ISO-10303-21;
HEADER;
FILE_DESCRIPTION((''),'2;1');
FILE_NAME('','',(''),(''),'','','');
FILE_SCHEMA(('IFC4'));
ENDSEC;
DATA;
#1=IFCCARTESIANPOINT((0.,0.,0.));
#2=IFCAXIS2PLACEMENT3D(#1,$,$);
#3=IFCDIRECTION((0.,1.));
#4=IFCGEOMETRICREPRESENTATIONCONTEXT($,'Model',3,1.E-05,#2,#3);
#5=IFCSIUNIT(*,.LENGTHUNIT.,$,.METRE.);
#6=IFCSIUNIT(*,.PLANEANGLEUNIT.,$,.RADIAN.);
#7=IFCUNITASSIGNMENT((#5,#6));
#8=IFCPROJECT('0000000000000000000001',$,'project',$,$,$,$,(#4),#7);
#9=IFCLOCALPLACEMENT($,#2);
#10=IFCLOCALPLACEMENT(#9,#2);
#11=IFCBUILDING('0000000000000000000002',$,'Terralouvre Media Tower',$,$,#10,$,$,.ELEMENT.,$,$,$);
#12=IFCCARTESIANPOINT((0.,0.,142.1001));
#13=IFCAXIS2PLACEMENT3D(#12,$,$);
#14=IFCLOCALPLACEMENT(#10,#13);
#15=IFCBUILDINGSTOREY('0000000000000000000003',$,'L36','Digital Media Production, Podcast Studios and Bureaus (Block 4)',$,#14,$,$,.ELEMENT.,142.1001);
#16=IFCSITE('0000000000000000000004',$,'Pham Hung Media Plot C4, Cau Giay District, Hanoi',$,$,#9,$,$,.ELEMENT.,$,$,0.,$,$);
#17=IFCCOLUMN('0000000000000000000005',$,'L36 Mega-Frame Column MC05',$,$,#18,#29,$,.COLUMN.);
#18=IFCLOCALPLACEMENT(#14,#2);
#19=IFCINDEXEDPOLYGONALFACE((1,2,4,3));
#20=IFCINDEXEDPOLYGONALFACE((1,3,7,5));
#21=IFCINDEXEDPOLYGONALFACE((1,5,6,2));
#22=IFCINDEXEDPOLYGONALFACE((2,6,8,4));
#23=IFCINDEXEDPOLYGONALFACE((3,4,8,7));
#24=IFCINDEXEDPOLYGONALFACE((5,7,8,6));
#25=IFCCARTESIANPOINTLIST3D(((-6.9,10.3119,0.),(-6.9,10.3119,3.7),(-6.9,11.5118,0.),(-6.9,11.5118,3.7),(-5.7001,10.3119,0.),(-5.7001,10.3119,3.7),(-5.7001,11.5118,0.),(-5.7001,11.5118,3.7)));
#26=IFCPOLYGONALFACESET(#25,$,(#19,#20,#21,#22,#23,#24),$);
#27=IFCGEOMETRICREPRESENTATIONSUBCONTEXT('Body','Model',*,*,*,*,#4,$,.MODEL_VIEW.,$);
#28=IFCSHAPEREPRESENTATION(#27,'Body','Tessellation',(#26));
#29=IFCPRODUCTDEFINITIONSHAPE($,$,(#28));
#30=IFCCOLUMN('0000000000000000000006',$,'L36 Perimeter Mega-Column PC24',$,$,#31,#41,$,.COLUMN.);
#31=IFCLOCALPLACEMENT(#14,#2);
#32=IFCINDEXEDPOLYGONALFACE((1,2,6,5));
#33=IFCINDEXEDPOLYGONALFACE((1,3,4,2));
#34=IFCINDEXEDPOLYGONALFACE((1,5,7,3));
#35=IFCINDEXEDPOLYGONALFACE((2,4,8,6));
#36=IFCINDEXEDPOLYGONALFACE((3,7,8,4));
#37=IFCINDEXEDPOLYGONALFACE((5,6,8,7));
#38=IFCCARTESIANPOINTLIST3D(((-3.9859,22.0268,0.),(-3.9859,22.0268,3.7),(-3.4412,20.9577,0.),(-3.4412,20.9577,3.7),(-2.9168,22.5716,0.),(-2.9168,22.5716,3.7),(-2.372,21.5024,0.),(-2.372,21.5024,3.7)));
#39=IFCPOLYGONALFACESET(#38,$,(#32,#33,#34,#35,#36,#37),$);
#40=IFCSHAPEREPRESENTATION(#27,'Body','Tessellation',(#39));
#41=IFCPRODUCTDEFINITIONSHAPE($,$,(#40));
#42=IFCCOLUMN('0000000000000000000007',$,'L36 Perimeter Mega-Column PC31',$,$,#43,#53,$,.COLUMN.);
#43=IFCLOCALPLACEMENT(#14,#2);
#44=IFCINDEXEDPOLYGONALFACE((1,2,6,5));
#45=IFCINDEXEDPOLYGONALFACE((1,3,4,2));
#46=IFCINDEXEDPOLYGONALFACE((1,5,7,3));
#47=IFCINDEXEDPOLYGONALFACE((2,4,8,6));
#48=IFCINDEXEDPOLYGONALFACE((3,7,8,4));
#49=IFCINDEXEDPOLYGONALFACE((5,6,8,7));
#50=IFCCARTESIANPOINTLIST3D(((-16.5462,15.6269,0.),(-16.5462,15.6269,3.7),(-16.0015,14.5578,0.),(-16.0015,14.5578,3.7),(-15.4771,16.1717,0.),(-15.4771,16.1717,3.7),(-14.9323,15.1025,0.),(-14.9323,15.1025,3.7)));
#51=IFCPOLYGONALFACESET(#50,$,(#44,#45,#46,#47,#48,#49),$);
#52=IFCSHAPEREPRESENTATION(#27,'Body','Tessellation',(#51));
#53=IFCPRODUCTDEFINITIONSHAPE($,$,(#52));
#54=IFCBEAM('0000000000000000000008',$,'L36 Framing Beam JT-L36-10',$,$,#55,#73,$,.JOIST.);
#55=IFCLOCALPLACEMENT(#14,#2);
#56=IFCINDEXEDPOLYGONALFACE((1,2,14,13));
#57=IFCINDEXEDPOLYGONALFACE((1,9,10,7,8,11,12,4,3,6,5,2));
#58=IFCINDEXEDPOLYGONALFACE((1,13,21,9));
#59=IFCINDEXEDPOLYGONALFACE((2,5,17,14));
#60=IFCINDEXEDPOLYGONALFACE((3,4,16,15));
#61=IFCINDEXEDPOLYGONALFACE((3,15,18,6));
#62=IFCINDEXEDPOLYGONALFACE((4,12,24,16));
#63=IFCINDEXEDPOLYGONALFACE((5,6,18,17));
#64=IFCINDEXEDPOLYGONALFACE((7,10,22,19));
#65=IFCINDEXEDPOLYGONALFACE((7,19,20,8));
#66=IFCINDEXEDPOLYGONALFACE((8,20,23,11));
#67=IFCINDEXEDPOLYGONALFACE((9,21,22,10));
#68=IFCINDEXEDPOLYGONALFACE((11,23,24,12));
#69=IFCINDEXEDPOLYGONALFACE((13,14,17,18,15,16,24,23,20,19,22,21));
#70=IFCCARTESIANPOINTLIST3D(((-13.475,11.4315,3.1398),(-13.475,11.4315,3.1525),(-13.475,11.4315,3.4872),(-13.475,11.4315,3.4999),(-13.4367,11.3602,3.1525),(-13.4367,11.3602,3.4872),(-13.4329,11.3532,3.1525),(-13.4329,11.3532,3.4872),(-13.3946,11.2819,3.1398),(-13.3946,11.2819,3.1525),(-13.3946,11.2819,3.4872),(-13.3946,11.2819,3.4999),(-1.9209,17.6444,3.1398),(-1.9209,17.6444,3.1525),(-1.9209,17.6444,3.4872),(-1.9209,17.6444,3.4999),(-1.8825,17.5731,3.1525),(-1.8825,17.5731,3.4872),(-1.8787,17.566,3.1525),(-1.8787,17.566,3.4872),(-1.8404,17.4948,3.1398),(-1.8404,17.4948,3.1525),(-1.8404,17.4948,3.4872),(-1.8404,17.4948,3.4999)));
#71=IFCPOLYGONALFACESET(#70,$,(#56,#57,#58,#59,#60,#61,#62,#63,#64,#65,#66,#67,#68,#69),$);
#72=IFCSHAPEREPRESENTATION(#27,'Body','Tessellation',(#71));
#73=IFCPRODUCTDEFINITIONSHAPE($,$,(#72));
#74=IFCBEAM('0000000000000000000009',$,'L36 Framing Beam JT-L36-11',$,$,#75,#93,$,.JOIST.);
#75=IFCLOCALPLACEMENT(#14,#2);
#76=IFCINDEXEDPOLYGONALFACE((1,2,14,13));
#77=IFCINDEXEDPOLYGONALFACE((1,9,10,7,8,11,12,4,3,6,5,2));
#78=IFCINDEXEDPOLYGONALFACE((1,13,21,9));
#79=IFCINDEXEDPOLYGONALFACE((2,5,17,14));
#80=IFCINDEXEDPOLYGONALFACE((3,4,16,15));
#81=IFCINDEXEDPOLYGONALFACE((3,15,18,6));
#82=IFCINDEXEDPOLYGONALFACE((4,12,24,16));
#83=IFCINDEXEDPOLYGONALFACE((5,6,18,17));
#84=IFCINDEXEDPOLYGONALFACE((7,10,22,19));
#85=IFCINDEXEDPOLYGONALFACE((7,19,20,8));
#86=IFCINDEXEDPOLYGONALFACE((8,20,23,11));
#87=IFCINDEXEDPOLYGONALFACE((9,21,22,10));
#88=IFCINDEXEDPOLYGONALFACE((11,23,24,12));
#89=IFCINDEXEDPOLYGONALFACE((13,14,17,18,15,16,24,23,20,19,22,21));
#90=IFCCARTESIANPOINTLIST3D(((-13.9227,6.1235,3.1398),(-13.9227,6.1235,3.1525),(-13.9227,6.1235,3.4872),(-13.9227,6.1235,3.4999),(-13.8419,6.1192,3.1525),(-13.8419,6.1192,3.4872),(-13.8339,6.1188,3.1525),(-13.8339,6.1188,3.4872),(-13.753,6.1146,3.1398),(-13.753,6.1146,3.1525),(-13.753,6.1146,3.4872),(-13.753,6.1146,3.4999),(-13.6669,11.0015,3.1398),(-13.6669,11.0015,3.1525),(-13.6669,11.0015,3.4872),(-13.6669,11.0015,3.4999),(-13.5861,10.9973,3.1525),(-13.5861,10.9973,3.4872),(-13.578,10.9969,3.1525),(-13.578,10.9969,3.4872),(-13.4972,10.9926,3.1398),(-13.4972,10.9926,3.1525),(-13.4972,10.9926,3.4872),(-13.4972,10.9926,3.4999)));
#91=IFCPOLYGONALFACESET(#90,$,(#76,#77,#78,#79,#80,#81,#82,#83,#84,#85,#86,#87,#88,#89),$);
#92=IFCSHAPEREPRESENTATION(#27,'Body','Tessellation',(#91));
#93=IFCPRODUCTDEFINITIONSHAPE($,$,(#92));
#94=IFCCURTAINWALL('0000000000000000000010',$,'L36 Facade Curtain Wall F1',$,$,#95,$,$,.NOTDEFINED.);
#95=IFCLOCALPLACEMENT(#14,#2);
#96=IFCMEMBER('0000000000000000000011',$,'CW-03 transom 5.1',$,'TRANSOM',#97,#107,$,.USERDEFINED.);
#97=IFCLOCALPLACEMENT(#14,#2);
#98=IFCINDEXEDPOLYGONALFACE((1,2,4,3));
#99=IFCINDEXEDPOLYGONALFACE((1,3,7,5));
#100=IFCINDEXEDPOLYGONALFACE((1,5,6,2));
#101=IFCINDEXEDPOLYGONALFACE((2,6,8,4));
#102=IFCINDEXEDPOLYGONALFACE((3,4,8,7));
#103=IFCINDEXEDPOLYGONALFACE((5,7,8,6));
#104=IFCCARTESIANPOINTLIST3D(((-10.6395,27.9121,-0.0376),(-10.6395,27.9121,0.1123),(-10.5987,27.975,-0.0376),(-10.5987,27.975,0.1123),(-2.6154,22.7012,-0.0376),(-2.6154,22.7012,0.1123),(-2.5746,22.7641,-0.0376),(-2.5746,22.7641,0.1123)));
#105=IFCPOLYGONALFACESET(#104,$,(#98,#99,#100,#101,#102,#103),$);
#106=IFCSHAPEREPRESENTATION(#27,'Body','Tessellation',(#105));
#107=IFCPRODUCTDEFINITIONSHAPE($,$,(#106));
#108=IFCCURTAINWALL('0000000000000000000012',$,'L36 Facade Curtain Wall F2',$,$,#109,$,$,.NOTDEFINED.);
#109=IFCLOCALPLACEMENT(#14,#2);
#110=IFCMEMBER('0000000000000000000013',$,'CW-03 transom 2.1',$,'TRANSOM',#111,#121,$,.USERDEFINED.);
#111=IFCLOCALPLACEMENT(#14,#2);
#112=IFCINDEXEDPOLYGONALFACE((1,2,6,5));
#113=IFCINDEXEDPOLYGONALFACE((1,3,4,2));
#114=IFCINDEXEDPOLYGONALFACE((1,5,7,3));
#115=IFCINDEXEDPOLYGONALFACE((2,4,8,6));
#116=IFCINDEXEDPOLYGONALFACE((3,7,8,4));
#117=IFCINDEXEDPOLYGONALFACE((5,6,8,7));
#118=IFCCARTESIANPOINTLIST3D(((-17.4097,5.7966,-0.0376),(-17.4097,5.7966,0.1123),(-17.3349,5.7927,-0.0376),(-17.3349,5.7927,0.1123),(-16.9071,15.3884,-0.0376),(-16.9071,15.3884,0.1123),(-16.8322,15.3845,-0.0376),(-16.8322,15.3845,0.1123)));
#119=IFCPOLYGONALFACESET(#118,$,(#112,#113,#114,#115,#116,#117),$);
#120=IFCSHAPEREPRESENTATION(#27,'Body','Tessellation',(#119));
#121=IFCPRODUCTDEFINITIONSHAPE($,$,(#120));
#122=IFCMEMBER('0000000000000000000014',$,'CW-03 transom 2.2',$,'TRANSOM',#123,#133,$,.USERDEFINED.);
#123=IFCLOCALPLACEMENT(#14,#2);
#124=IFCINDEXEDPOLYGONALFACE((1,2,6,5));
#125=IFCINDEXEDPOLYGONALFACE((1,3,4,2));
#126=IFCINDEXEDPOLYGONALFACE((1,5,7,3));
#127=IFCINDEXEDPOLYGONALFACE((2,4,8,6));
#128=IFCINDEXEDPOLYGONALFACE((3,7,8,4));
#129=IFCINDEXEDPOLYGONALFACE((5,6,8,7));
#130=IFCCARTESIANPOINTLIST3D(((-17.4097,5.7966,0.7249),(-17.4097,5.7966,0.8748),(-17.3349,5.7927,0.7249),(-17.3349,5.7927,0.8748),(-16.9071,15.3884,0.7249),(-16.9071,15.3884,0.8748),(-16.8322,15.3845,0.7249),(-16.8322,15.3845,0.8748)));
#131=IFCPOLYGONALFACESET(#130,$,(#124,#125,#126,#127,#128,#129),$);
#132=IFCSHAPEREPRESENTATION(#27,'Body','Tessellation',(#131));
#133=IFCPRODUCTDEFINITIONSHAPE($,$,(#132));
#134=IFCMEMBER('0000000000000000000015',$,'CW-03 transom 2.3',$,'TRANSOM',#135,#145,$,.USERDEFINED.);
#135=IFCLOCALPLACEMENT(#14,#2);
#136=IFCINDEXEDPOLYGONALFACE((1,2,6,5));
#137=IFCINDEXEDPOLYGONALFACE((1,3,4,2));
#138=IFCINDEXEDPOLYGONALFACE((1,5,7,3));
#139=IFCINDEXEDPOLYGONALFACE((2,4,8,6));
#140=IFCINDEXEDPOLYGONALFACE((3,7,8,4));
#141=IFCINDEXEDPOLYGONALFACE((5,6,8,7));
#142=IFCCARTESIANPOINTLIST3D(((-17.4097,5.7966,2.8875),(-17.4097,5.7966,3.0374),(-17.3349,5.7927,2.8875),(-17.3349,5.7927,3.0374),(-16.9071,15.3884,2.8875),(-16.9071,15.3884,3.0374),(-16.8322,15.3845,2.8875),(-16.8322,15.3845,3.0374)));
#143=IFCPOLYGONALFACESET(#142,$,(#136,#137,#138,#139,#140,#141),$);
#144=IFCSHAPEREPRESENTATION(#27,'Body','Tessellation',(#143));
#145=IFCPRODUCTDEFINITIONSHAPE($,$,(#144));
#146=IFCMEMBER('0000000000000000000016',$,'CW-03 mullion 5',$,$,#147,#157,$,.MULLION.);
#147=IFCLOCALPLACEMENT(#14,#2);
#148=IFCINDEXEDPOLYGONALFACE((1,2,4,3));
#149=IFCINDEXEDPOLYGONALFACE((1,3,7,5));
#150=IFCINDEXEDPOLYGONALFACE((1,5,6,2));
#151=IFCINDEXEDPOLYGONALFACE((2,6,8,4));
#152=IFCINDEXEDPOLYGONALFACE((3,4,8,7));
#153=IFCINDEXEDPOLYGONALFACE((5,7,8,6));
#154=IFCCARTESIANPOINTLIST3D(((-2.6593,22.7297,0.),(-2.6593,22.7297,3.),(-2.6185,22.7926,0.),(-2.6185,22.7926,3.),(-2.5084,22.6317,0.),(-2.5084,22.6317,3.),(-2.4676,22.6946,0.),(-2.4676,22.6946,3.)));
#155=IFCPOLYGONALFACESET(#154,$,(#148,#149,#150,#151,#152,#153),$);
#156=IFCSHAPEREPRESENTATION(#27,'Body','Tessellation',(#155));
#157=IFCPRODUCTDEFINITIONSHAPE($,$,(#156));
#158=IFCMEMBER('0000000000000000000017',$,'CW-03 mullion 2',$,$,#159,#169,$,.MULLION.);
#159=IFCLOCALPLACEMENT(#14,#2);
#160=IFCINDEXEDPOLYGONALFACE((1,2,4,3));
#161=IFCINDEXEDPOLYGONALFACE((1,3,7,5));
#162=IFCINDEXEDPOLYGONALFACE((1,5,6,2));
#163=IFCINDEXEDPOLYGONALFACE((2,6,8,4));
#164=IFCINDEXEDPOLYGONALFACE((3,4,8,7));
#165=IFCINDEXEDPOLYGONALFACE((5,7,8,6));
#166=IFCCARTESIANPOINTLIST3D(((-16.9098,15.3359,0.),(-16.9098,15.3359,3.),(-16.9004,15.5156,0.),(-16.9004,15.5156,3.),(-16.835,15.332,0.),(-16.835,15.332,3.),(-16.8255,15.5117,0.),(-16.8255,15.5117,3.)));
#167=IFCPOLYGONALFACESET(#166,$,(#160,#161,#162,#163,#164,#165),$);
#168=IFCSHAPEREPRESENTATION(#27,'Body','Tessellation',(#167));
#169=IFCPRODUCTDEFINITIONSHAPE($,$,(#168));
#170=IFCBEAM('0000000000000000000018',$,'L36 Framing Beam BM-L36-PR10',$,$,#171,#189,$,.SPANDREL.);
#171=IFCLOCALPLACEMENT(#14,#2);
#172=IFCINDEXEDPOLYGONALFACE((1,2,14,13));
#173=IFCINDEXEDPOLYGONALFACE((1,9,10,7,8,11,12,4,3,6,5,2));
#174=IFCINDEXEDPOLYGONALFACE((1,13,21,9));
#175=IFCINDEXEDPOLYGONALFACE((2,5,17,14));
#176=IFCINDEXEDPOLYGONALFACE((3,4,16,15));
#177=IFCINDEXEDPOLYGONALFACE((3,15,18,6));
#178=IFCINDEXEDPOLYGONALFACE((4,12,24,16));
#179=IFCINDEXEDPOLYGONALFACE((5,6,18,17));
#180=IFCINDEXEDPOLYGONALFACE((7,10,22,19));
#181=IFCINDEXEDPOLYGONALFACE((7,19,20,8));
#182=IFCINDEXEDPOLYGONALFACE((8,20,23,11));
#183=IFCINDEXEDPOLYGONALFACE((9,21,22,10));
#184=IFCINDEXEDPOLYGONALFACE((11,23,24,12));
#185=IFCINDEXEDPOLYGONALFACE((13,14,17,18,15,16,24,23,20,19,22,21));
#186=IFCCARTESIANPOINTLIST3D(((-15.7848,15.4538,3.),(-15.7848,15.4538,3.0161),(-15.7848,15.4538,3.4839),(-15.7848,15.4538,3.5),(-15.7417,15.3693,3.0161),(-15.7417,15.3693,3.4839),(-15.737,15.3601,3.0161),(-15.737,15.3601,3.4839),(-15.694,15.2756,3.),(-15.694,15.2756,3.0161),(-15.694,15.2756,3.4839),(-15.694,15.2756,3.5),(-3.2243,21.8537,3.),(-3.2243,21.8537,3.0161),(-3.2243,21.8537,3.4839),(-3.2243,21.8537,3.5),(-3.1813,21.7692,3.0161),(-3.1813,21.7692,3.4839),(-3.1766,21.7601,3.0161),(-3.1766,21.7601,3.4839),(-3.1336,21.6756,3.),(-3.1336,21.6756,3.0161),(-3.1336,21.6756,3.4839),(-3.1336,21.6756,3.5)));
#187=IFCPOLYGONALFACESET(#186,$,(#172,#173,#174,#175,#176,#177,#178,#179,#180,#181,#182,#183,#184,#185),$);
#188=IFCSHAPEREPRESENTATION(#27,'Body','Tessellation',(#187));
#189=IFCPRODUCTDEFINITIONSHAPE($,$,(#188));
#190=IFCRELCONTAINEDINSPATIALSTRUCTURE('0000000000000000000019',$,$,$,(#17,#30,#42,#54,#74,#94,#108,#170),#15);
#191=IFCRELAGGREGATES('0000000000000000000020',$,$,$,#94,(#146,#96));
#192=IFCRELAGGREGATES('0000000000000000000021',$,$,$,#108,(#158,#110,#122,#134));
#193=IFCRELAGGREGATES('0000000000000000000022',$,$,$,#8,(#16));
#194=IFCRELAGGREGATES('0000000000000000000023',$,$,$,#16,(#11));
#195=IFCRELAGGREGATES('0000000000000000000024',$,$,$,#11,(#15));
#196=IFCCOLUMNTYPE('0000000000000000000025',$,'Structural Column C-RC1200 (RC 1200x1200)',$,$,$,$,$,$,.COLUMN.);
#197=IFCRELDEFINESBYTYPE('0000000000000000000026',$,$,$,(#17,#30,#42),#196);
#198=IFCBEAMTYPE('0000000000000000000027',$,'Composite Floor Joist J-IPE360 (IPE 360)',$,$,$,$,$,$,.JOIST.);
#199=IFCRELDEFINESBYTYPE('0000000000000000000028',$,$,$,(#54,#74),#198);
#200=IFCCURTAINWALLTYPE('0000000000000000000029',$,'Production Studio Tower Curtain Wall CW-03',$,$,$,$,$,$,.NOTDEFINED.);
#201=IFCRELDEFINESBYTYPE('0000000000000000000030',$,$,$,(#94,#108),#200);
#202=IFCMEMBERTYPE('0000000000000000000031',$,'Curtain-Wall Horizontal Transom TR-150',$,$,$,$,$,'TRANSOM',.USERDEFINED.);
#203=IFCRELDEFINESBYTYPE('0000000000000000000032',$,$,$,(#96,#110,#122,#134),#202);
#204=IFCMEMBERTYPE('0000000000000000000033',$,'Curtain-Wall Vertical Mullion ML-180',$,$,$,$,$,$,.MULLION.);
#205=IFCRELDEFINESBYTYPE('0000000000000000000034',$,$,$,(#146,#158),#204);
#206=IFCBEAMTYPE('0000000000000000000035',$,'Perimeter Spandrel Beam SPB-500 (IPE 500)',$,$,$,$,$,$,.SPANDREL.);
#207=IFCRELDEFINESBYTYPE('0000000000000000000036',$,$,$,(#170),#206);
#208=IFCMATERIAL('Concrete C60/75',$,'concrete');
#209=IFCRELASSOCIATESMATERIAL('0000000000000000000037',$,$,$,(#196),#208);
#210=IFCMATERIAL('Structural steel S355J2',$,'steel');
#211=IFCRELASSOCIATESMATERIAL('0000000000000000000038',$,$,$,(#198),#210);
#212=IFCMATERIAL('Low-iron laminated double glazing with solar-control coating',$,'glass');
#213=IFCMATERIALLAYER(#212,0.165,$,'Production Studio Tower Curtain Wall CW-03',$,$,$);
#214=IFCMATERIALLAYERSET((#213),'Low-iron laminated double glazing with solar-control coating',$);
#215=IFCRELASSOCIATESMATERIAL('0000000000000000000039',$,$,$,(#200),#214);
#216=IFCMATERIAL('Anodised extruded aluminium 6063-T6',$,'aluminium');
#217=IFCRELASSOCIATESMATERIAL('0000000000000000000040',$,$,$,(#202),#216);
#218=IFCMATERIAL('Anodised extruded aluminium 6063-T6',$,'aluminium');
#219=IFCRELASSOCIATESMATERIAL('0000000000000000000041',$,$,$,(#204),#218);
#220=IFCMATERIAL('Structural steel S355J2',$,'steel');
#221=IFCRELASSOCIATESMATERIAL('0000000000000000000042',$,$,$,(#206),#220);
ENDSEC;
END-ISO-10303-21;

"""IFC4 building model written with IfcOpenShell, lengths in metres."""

from ifc_helpers import new_model, si_unit, direction, frame, origin, origin_2d, place, context, subcontext, project, spatial, rectangle, i_section, extrude, material, layer, layer_set, material_profile, profile_set, type_object, element, aggregate, save


model = new_model("IFC4")

# Units and contexts
model_context = context("Model", 3, precision=1e-05, world=origin(), true_north=direction((0.0, 1.0)))
body_context = subcontext(model_context, "Body", "Model", "MODEL_VIEW")
ifc_project = project(units=[si_unit("LENGTHUNIT", "METRE"), si_unit("PLANEANGLEUNIT", "RADIAN")], contexts=[model_context])

# Site, building, storey
site_placement = place(None, origin())
site = spatial("IfcSite", under=ifc_project, at=site_placement, Name="Pham Hung Media Plot C4, Cau Giay District, Hanoi", CompositionType="ELEMENT", RefElevation=0.0)
building_placement = place(site_placement, origin())
building = spatial("IfcBuilding", under=site, at=building_placement, Name="Terralouvre Media Tower", CompositionType="ELEMENT")
storey_placement = place(building_placement, frame((0.0, 0.0, 142.1001)))
storey = spatial("IfcBuildingStorey", under=building, at=storey_placement, Name="L36", Description="Digital Media Production, Podcast Studios and Bureaus (Block 4)", CompositionType="ELEMENT", Elevation=142.1001)

# Columns
ifc_material_1 = material(Name="Concrete C60/75", Category="concrete")
ifc_material_profile_1 = material_profile(ifc_material_1, rectangle(XDim=1.2, YDim=1.2, at=origin_2d()), Name="RC 1200x1200")
ifc_profile_set_1 = profile_set([ifc_material_profile_1], Name="Concrete C60/75")
column_type = type_object("IfcColumnType", Name="Structural Column C-RC1200 (RC 1200x1200)", PredefinedType="COLUMN", material=ifc_profile_set_1)
for number, where, z_axis, x_axis, name in (
    (1, (-6.3, 10.9119, 0.0), (0.0, 0.0, 1.0), (1.0, 0.0, 0.0), "L36 Mega-Frame Column MC05"),
    (2, (-3.179, 21.7646, 0.0), (0.0, 0.0, 1.0), (0.891007, 0.45399, 0.0), "L36 Perimeter Mega-Column PC24"),
    (3, (-15.7393, 15.3647, 0.0), (0.0, 0.0, 1.0), (0.891007, 0.45399, 0.0), "L36 Perimeter Mega-Column PC31"),
):
    element("IfcColumn", number, at=place(storey_placement, frame(where, z_axis=z_axis, x_axis=x_axis)), inside=storey, type_object=column_type, Name=name, PredefinedType="COLUMN", context=body_context, shape_type="SweptSolid", body=[
        extrude(rectangle(XDim=1.2, YDim=1.2, at=origin_2d()), origin(), (0.0, 0.0, 1.0), 3.7),
    ])

# Beams
ifc_material_2 = material(Name="Structural steel S355J2", Category="steel")
ifc_material_profile_2 = material_profile(ifc_material_2, i_section(OverallWidth=0.1699, OverallDepth=0.3601, WebThickness=0.0081, FlangeThickness=0.0127, at=origin_2d()), Name="IPE 360")
ifc_profile_set_2 = profile_set([ifc_material_profile_2], Name="Structural steel S355J2")
beam_type_1 = type_object("IfcBeamType", Name="Composite Floor Joist J-IPE360 (IPE 360)", PredefinedType="JOIST", material=ifc_profile_set_2)
beam_1_placement = place(storey_placement, frame((-1.8806, 17.5696, 3.3198), z_axis=(-0.880745, -0.473591, 0.0), x_axis=(0.473591, -0.880745, 0.0)))
element("IfcBeam", 4, at=beam_1_placement, inside=storey, type_object=beam_type_1, Name="L36 Framing Beam JT-L36-10", PredefinedType="JOIST", context=body_context, shape_type="SweptSolid", body=[
    extrude(i_section(OverallWidth=0.1699, OverallDepth=0.3601, WebThickness=0.0081, FlangeThickness=0.0127, at=origin_2d()), origin(), (0.0, 0.0, 1.0), 13.1187),
])
beam_2_placement = place(storey_placement, frame((-13.582, 10.9971, 3.3198), z_axis=(-0.052378, -0.998627, 0.0), x_axis=(0.998627, -0.052378, 0.0)))
element("IfcBeam", 5, at=beam_2_placement, inside=storey, type_object=beam_type_1, Name="L36 Framing Beam JT-L36-11", PredefinedType="JOIST", context=body_context, shape_type="SweptSolid", body=[
    extrude(i_section(OverallWidth=0.1699, OverallDepth=0.3601, WebThickness=0.0081, FlangeThickness=0.0127, at=origin_2d()), origin(), (0.0, 0.0, 1.0), 4.8848),
])

# Curtain wall, member
ifc_material_3 = material(Name="Low-iron laminated double glazing with solar-control coating", Category="glass")
ifc_layer_1 = layer(ifc_material_3, 0.165, Name="Production Studio Tower Curtain Wall CW-03")
ifc_layer_set_1 = layer_set([ifc_layer_1], Name="Low-iron laminated double glazing with solar-control coating")
curtain_wall_type = type_object("IfcCurtainWallType", Name="Production Studio Tower Curtain Wall CW-03", PredefinedType="NOTDEFINED", material=ifc_layer_set_1)
curtain_wall_1_placement = place(storey_placement, origin())
curtain_wall_1 = element("IfcCurtainWall", 6, at=curtain_wall_1_placement, inside=storey, type_object=curtain_wall_type, Name="L36 Facade Curtain Wall F1", PredefinedType="NOTDEFINED")
ifc_material_4 = material(Name="Anodised extruded aluminium 6063-T6", Category="aluminium")
ifc_material_profile_3 = material_profile(ifc_material_4, rectangle(XDim=0.075, YDim=0.1499, at=origin_2d()), Name="ALU 75x150")
ifc_profile_set_3 = profile_set([ifc_material_profile_3], Name="Anodised extruded aluminium 6063-T6")
member_type_1 = type_object("IfcMemberType", Name="Curtain-Wall Horizontal Transom TR-150", ElementType="TRANSOM", PredefinedType="USERDEFINED", material=ifc_profile_set_3)
member_1_placement = place(storey_placement, frame((-2.595, 22.7327, 0.0374), z_axis=(-0.838671, 0.544638, 0.0), x_axis=(-0.544638, -0.838671, 0.0)))
member_1 = element("IfcMember", 7, at=member_1_placement, type_object=member_type_1, Name="CW-03 transom 5.1", ObjectType="TRANSOM", PredefinedType="USERDEFINED", context=body_context, shape_type="SweptSolid", body=[
    extrude(rectangle(XDim=0.075, YDim=0.1499, at=origin_2d()), origin(), (0.0, 0.0, 1.0), 9.5676),
])

# Curtain wall, members
curtain_wall_2_placement = place(storey_placement, origin())
curtain_wall_2 = element("IfcCurtainWall", 8, at=curtain_wall_2_placement, inside=storey, type_object=curtain_wall_type, Name="L36 Facade Curtain Wall F2", PredefinedType="NOTDEFINED")
member_2_placement = place(storey_placement, frame((-16.8696, 15.3865, 0.0374), z_axis=(-0.052336, -0.99863, 0.0), x_axis=(0.99863, -0.052336, 0.0)))
member_2 = element("IfcMember", 9, at=member_2_placement, type_object=member_type_1, Name="CW-03 transom 2.1", ObjectType="TRANSOM", PredefinedType="USERDEFINED", context=body_context, shape_type="SweptSolid", body=[
    extrude(rectangle(XDim=0.075, YDim=0.1499, at=origin_2d()), origin(), (0.0, 0.0, 1.0), 9.605),
])
member_3_placement = place(storey_placement, frame((-16.8696, 15.3865, 0.7998), z_axis=(-0.052336, -0.99863, 0.0), x_axis=(0.99863, -0.052336, 0.0)))
member_3 = element("IfcMember", 10, at=member_3_placement, type_object=member_type_1, Name="CW-03 transom 2.2", ObjectType="TRANSOM", PredefinedType="USERDEFINED", context=body_context, shape_type="SweptSolid", body=[
    extrude(rectangle(XDim=0.075, YDim=0.1499, at=origin_2d()), origin(), (0.0, 0.0, 1.0), 9.605),
])
member_4_placement = place(storey_placement, frame((-16.8696, 15.3865, 2.9624), z_axis=(-0.052336, -0.99863, 0.0), x_axis=(0.99863, -0.052336, 0.0)))
member_4 = element("IfcMember", 11, at=member_4_placement, type_object=member_type_1, Name="CW-03 transom 2.3", ObjectType="TRANSOM", PredefinedType="USERDEFINED", context=body_context, shape_type="SweptSolid", body=[
    extrude(rectangle(XDim=0.075, YDim=0.1499, at=origin_2d()), origin(), (0.0, 0.0, 1.0), 9.605),
])

# Members
ifc_material_5 = material(Name="Anodised extruded aluminium 6063-T6", Category="aluminium")
ifc_material_profile_4 = material_profile(ifc_material_5, rectangle(XDim=0.075, YDim=0.1799, at=origin_2d()), Name="ALU 75x180")
ifc_profile_set_4 = profile_set([ifc_material_profile_4], Name="Anodised extruded aluminium 6063-T6")
member_type_2 = type_object("IfcMemberType", Name="Curtain-Wall Vertical Mullion ML-180", PredefinedType="MULLION", material=ifc_profile_set_4)
member_5_placement = place(storey_placement, frame((-2.5635, 22.7122, 0.0), z_axis=(0.0, 0.0, 1.0), x_axis=(-0.544639, -0.838671, 0.0)))
member_5 = element("IfcMember", 12, at=member_5_placement, type_object=member_type_2, Name="CW-03 mullion 5", PredefinedType="MULLION", context=body_context, shape_type="SweptSolid", body=[
    extrude(rectangle(XDim=0.075, YDim=0.1799, at=origin_2d()), origin(), (0.0, 0.0, 1.0), 3.0),
])
aggregate(curtain_wall_1, [member_5, member_1])
member_6_placement = place(storey_placement, frame((-16.8677, 15.4238, 0.0), z_axis=(0.0, 0.0, 1.0), x_axis=(0.99863, -0.052336, 0.0)))
member_6 = element("IfcMember", 13, at=member_6_placement, type_object=member_type_2, Name="CW-03 mullion 2", PredefinedType="MULLION", context=body_context, shape_type="SweptSolid", body=[
    extrude(rectangle(XDim=0.075, YDim=0.1799, at=origin_2d()), origin(), (0.0, 0.0, 1.0), 3.0),
])

# Beam
ifc_material_6 = material(Name="Structural steel S355J2", Category="steel")
ifc_material_profile_5 = material_profile(ifc_material_6, i_section(OverallWidth=0.2, OverallDepth=0.5, WebThickness=0.0103, FlangeThickness=0.0161, at=origin_2d()), Name="IPE 500")
ifc_profile_set_5 = profile_set([ifc_material_profile_5], Name="Structural steel S355J2")
beam_type_2 = type_object("IfcBeamType", Name="Perimeter Spandrel Beam SPB-500 (IPE 500)", PredefinedType="SPANDREL", material=ifc_profile_set_5)
beam_3_placement = place(storey_placement, frame((-3.179, 21.7646, 3.25), z_axis=(-0.891003, -0.453997, 0.0), x_axis=(0.453997, -0.891003, 0.0)))
element("IfcBeam", 14, at=beam_3_placement, inside=storey, type_object=beam_type_2, Name="L36 Framing Beam BM-L36-PR10", PredefinedType="SPANDREL", context=body_context, shape_type="SweptSolid", body=[
    extrude(i_section(OverallWidth=0.2, OverallDepth=0.5, WebThickness=0.0103, FlangeThickness=0.0161, at=origin_2d()), origin(), (0.0, 0.0, 1.0), 14.0969),
])

aggregate(curtain_wall_2, [member_6, member_2, member_3, member_4])

save(model, "model.ifc")
